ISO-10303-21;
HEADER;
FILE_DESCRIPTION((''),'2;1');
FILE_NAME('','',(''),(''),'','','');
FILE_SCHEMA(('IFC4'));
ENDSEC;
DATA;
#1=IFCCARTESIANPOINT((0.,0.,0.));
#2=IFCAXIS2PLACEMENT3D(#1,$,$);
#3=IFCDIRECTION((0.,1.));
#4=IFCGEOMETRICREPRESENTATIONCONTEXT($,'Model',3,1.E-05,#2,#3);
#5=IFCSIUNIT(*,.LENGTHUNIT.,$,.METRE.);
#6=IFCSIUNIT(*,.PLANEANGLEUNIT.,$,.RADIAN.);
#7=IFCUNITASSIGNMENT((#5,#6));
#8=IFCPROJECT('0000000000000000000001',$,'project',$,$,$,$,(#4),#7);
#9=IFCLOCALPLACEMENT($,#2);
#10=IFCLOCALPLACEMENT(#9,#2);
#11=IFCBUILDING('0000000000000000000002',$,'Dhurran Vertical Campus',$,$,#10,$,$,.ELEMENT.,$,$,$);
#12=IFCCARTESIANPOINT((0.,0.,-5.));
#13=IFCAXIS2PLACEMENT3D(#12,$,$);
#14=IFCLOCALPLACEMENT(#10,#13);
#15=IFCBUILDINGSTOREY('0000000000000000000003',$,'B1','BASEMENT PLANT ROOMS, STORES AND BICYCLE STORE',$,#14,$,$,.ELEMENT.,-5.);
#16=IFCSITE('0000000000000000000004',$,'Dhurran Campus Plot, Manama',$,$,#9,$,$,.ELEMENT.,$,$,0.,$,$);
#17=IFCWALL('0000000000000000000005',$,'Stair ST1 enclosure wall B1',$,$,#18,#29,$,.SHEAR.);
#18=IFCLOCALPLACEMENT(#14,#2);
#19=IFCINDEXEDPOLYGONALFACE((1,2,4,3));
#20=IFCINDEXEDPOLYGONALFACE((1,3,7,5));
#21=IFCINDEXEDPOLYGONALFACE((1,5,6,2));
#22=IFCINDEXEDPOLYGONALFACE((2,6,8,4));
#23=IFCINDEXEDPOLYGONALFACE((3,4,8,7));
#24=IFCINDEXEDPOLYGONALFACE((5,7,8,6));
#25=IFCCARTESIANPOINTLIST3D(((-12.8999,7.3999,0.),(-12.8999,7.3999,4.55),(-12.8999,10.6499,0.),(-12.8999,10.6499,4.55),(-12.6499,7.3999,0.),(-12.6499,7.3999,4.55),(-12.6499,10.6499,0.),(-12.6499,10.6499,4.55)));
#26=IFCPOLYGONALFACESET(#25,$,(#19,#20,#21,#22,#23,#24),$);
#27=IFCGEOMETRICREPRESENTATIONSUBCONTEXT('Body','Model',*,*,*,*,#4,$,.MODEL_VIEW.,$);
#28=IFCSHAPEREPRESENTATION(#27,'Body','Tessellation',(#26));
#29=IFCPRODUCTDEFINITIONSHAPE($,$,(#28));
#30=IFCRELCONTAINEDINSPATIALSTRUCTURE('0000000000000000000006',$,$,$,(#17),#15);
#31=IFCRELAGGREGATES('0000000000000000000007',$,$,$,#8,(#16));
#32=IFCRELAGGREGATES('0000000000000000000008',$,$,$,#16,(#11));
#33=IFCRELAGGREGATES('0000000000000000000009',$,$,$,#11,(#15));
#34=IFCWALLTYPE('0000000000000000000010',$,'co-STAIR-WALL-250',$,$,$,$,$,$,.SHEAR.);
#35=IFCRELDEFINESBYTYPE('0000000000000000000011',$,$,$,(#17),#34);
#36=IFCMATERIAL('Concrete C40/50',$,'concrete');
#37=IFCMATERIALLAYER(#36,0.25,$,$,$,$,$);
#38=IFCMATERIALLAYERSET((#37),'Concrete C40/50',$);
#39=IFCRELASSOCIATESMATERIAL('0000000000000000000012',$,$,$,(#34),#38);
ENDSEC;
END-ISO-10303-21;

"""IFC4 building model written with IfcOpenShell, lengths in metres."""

from ifc_helpers import new_model, si_unit, direction, frame, frame_2d, origin, place, context, subcontext, project, spatial, rectangle, extrude, material, layer, layer_set, type_object, element, save


model = new_model("IFC4")

# Units and contexts
model_context = context("Model", 3, precision=1e-05, world=origin(), true_north=direction((0.0, 1.0)))
body_context = subcontext(model_context, "Body", "Model", "MODEL_VIEW")
ifc_project = project(units=[si_unit("LENGTHUNIT", "METRE"), si_unit("PLANEANGLEUNIT", "RADIAN")], contexts=[model_context])

# Site, building, storey
site_placement = place(None, origin())
site = spatial("IfcSite", under=ifc_project, at=site_placement, Name="Dhurran Campus Plot, Manama", CompositionType="ELEMENT", RefElevation=0.0)
building_placement = place(site_placement, origin())
building = spatial("IfcBuilding", under=site, at=building_placement, Name="Dhurran Vertical Campus", CompositionType="ELEMENT")
storey_placement = place(building_placement, frame((0.0, 0.0, -5.0)))
storey = spatial("IfcBuildingStorey", under=building, at=storey_placement, Name="B1", Description="BASEMENT PLANT ROOMS, STORES AND BICYCLE STORE", CompositionType="ELEMENT", Elevation=-5.0)

# Shared definitions
ifc_material_1 = material(Name="Concrete C40/50", Category="concrete")
ifc_layer_1 = layer(ifc_material_1, 0.25)
ifc_layer_set_1 = layer_set([ifc_layer_1], Name="Concrete C40/50")
wall_type_1 = type_object("IfcWallType", Name="co-STAIR-WALL-250", PredefinedType="SHEAR", material=ifc_layer_set_1)

# Wall
wall_1_placement = place(storey_placement, frame((-12.7749, 7.3999, 0.0), z_axis=(0.0, 0.0, 1.0), x_axis=(0.0, 1.0, 0.0)))
element("IfcWall", 1, at=wall_1_placement, inside=storey, type_object=wall_type_1, Name="Stair ST1 enclosure wall B1", PredefinedType="SHEAR", context=body_context, shape_type="SweptSolid", body=[
    extrude(rectangle(XDim=3.25, YDim=0.25, at=frame_2d((1.625, 0.0))), origin(), (0.0, 0.0, 1.0), 4.55),
])

save(model, "model.ifc")
